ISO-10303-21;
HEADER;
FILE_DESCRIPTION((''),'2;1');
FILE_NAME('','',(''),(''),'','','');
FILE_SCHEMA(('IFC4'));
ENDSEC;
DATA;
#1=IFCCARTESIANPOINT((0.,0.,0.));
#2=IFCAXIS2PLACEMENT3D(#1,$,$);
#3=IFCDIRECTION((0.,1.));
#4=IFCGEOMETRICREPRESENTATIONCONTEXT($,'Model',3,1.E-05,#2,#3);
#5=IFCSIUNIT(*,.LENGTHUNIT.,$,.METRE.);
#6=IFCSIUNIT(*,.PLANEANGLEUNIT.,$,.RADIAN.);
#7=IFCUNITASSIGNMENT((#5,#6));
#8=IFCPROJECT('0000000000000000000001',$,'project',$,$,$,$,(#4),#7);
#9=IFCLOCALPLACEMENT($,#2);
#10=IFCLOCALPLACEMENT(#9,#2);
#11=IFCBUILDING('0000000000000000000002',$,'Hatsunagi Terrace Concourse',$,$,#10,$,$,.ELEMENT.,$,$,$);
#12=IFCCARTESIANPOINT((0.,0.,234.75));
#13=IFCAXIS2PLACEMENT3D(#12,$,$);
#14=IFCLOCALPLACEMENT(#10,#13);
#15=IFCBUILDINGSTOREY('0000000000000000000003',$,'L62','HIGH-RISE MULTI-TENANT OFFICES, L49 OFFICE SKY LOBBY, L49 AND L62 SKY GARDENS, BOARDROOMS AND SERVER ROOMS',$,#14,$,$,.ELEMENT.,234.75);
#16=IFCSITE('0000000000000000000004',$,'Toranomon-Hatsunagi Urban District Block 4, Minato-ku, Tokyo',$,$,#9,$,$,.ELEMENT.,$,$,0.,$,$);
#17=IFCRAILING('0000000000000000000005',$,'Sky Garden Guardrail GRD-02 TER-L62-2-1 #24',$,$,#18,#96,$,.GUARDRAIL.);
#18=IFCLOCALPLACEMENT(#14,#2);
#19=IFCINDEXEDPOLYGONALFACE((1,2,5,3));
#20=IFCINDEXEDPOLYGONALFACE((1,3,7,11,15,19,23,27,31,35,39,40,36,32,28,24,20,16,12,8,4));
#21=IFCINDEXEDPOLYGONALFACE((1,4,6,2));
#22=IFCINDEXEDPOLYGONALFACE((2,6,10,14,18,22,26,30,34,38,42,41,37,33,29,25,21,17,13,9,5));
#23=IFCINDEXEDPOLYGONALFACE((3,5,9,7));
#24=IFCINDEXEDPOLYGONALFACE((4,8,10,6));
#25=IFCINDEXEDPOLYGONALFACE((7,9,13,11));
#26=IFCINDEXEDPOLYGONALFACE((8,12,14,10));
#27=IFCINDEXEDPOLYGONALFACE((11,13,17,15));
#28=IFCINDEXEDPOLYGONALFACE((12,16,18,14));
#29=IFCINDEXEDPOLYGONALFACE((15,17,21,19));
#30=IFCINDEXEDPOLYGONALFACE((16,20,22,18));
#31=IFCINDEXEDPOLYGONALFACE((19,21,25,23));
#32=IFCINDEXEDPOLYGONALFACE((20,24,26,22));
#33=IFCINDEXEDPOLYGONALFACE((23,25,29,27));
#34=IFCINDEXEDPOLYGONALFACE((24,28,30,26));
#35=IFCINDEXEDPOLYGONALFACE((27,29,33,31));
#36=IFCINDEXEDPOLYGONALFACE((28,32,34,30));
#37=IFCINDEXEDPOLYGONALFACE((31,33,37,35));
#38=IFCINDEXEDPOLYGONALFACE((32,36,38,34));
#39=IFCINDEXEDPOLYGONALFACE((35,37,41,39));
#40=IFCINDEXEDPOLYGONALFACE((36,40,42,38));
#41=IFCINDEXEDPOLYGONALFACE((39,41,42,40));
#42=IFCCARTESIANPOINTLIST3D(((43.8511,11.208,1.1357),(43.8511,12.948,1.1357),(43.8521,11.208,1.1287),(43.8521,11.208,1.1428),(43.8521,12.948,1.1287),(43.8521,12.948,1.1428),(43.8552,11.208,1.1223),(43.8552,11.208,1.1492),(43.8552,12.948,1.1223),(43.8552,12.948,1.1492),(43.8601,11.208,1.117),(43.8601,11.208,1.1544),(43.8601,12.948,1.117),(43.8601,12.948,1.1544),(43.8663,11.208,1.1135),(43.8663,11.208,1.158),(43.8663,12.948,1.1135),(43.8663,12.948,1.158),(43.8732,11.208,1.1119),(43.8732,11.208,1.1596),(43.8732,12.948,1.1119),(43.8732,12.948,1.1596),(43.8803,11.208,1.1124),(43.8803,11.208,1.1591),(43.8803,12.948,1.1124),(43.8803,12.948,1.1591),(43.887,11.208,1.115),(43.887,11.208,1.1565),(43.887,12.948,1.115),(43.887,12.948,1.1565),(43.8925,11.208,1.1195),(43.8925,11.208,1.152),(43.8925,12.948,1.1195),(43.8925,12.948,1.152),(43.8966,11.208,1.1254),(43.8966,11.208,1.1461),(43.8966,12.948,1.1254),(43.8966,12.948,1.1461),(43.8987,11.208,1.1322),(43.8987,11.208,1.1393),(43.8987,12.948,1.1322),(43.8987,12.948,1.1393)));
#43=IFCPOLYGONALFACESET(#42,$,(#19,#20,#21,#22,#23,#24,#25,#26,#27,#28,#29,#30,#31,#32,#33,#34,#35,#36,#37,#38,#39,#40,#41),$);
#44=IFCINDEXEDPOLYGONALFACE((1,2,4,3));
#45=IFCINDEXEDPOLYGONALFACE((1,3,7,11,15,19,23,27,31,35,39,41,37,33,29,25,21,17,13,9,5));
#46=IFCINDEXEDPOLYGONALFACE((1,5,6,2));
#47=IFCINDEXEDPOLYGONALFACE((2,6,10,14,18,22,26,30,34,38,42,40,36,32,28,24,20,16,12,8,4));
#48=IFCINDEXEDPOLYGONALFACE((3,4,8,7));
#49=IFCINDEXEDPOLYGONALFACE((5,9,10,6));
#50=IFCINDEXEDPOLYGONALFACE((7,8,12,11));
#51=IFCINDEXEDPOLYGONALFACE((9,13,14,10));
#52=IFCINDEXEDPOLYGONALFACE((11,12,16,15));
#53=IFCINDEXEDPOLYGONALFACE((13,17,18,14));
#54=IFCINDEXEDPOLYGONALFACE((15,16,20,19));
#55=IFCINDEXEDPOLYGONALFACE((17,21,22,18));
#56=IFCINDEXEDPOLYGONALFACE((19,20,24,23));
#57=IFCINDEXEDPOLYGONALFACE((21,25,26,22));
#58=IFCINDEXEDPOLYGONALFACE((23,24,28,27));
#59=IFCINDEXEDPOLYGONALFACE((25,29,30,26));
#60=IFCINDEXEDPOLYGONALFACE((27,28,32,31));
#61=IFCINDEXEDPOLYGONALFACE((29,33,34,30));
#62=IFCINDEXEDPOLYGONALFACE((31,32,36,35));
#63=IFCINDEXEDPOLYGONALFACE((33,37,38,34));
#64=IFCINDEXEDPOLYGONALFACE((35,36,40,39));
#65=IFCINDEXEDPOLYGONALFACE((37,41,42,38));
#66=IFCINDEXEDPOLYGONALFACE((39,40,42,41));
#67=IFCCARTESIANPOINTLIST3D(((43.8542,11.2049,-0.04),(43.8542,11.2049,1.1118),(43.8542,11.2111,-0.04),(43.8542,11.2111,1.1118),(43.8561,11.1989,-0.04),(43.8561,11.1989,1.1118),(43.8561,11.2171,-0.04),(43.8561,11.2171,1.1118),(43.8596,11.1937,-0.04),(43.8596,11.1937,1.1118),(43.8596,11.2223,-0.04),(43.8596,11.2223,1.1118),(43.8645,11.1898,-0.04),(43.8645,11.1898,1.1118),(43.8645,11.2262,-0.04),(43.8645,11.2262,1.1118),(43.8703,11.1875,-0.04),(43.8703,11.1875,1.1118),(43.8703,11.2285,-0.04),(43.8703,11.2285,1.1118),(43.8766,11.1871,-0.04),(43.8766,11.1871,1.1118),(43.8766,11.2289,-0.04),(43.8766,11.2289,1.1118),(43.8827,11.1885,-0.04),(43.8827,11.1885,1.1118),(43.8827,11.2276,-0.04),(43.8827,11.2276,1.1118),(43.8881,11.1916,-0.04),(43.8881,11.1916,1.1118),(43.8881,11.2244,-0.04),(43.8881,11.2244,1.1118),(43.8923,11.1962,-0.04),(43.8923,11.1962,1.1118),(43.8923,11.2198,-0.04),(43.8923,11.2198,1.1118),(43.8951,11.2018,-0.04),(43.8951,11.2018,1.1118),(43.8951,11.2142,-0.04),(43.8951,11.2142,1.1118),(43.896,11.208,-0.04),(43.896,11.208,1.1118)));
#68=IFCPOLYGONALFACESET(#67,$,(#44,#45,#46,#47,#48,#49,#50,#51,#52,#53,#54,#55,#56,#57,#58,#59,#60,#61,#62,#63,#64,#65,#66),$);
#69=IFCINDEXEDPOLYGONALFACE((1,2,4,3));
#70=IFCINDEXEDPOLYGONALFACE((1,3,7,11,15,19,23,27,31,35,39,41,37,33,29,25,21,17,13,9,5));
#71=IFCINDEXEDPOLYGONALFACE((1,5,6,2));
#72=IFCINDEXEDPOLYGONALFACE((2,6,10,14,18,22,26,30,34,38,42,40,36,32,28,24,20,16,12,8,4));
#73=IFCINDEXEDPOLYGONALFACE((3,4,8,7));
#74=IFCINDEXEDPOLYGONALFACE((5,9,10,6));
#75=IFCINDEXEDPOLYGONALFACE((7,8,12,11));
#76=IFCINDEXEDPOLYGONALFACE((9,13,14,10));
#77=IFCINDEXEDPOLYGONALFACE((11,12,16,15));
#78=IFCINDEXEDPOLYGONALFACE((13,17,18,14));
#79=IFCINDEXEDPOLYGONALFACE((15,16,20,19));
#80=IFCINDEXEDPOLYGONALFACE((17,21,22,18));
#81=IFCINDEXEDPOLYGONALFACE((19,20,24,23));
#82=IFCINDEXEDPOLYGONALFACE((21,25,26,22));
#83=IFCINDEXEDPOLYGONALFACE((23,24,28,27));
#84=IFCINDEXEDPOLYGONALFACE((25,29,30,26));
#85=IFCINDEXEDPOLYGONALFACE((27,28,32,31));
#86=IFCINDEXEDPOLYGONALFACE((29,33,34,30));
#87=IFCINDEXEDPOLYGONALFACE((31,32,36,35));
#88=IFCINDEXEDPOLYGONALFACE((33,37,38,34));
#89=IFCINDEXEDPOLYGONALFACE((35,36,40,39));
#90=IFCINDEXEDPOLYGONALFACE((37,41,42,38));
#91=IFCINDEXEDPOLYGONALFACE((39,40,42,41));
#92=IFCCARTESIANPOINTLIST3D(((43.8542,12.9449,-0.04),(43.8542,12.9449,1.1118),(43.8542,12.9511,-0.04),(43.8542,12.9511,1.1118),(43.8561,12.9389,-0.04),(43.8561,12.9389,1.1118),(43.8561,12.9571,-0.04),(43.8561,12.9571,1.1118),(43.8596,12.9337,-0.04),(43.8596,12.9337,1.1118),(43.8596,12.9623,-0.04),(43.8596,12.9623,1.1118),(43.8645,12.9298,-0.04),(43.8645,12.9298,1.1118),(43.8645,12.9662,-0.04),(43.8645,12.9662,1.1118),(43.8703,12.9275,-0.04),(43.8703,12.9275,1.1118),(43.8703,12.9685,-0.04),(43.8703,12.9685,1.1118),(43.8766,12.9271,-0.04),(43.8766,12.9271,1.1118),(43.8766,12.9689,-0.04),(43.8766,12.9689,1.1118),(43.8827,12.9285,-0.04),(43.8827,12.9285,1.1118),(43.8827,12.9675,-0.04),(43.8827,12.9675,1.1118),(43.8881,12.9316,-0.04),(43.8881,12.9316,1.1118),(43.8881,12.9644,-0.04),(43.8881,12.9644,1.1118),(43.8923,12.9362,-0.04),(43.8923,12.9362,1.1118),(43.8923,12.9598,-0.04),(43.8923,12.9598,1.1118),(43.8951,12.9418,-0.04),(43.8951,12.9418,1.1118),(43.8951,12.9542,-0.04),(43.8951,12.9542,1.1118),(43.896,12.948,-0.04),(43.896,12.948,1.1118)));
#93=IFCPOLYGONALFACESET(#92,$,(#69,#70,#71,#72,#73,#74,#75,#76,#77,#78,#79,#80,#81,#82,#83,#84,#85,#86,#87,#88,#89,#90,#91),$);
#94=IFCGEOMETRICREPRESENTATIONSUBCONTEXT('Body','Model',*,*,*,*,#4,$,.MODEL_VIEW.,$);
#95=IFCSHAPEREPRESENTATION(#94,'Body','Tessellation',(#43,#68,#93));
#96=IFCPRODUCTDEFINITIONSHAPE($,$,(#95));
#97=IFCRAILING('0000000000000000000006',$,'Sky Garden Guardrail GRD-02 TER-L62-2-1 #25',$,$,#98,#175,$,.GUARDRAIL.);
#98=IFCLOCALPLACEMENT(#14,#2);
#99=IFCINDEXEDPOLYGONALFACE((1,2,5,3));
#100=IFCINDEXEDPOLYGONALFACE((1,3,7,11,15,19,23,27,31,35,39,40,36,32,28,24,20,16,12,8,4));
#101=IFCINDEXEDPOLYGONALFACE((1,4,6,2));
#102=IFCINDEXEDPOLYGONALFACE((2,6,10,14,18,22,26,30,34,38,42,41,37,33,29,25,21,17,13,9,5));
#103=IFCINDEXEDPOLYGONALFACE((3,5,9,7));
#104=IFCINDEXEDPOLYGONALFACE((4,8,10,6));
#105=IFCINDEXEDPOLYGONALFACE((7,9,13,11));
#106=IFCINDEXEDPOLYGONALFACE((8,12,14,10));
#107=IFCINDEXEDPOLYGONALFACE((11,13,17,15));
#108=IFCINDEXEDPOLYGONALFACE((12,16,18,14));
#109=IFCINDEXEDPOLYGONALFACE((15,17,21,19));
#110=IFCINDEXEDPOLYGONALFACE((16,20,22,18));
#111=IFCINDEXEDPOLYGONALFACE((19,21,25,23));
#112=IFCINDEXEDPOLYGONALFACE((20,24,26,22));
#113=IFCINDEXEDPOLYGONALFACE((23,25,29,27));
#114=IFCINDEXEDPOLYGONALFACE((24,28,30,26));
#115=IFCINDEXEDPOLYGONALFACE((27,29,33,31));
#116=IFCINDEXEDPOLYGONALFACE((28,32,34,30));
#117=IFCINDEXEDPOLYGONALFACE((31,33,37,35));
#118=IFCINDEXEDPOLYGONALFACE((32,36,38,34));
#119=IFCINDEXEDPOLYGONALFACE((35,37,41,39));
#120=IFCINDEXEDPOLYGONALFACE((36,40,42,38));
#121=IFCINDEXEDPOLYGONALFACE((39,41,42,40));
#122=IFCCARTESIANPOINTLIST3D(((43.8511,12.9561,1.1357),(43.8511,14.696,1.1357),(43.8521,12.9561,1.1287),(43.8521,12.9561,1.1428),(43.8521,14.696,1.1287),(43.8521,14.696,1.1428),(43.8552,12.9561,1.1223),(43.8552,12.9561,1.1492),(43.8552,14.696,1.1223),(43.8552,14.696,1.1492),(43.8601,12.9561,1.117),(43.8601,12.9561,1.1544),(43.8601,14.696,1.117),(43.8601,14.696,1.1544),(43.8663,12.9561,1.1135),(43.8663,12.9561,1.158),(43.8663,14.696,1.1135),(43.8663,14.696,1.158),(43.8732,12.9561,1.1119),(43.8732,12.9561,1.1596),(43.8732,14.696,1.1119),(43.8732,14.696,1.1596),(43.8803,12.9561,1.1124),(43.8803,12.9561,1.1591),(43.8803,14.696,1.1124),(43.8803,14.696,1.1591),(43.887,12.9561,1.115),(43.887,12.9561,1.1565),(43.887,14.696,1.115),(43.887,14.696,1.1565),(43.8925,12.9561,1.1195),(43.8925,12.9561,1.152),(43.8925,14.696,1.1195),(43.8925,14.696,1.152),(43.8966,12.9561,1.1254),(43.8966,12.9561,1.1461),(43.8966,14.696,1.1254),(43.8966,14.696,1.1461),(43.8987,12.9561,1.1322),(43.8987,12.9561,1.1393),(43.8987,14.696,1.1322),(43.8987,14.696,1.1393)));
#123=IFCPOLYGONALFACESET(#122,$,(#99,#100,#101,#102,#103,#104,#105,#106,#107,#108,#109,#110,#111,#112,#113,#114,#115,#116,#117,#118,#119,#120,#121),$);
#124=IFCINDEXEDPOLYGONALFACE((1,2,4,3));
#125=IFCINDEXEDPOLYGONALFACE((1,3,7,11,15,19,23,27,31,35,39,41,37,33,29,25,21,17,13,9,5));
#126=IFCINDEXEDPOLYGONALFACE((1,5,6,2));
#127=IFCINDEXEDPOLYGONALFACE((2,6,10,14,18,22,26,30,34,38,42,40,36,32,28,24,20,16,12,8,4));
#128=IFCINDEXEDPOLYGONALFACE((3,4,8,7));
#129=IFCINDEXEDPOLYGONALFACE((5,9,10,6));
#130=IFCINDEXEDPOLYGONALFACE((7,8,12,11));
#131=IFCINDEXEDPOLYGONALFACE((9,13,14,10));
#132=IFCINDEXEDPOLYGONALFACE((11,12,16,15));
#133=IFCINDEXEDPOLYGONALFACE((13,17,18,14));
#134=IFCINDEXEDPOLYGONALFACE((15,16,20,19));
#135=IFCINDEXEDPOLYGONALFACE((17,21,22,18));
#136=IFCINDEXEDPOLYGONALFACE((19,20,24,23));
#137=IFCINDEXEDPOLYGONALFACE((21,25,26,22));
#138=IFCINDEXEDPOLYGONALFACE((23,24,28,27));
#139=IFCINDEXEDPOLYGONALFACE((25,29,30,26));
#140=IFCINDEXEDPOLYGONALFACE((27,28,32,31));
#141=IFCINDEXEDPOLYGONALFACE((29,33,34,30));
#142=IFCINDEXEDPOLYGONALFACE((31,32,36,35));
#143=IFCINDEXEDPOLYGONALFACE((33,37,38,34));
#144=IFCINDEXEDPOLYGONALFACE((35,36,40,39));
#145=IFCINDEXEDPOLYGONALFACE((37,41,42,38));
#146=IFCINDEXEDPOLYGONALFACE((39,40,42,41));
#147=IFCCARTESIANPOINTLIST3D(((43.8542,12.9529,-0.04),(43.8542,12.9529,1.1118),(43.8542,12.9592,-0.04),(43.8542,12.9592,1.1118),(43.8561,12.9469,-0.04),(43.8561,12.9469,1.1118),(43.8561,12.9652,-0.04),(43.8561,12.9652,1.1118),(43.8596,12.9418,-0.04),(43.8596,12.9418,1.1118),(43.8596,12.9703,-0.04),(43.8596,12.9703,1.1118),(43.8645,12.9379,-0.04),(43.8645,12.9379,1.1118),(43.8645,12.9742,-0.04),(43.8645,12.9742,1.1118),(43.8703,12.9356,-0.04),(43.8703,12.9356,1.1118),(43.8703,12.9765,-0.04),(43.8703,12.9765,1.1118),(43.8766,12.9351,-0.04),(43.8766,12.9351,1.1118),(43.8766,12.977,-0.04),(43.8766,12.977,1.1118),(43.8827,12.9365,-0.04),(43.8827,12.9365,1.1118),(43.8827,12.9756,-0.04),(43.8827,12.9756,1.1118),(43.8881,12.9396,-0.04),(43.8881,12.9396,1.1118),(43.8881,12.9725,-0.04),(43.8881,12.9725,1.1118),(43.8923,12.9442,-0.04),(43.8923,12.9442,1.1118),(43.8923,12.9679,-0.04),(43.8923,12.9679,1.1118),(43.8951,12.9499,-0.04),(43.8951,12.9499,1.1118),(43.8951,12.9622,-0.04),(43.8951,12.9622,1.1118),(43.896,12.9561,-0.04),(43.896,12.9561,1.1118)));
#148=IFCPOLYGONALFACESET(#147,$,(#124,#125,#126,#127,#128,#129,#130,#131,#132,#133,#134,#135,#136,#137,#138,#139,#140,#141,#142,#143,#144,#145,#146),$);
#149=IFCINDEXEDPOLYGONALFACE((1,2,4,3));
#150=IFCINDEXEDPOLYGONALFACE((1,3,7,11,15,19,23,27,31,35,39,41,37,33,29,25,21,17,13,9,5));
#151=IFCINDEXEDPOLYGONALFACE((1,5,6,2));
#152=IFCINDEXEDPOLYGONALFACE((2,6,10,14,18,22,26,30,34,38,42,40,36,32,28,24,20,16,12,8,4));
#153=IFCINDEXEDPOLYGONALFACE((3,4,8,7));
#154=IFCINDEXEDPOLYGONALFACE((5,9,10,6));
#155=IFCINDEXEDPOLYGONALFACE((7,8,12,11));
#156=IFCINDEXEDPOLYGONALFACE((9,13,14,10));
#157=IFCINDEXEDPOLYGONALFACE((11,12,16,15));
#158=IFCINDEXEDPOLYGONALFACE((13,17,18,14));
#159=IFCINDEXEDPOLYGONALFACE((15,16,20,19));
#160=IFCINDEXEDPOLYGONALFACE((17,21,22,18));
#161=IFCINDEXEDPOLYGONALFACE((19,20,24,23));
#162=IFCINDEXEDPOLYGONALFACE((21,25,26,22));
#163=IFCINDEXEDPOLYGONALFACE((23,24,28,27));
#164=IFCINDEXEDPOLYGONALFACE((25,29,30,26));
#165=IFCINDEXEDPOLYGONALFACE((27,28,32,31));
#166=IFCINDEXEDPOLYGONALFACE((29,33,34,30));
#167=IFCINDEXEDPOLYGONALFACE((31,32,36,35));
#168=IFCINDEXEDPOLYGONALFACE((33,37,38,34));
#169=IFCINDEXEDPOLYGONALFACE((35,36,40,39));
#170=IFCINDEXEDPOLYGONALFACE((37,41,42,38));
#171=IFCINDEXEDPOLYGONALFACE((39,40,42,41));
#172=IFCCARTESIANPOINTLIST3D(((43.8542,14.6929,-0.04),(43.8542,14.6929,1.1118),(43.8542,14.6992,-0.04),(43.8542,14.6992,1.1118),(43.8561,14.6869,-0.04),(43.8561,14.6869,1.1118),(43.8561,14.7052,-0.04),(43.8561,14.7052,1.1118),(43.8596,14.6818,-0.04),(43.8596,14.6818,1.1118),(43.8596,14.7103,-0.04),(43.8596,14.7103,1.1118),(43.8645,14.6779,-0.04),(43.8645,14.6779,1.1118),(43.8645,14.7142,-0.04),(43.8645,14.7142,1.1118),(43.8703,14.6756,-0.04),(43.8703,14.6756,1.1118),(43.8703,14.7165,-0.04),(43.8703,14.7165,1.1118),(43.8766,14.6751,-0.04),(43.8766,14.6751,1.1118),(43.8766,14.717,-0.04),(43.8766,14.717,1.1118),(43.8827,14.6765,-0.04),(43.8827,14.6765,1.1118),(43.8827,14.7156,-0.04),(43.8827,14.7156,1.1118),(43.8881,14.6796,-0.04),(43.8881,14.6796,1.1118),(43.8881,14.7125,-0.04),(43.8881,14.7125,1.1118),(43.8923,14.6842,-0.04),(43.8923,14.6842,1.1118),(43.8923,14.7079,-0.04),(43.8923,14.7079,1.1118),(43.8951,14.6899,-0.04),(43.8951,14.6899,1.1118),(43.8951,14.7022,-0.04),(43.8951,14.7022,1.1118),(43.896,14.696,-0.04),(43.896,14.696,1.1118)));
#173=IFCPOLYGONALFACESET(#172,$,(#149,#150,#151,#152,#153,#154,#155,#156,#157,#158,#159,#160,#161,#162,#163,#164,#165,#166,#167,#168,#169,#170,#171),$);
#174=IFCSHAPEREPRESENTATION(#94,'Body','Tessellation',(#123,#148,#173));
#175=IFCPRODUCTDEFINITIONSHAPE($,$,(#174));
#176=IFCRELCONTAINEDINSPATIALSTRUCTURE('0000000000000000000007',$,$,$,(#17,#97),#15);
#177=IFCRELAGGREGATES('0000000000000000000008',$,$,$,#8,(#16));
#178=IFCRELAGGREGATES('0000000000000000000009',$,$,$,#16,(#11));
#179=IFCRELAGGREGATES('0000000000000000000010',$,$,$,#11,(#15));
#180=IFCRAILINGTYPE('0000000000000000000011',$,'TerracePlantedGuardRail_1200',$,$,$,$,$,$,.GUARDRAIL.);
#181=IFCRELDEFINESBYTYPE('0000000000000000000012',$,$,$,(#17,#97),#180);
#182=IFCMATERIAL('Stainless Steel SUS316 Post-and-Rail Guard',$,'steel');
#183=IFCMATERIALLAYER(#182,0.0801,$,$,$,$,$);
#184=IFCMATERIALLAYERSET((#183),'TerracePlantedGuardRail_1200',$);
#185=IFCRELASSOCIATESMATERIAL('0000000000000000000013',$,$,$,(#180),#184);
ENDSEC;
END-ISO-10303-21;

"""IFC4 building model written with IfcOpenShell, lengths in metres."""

from ifc_helpers import new_model, si_unit, direction, frame, origin, origin_2d, place, context, subcontext, project, spatial, circle, extrude, material, layer, layer_set, type_object, element, save


model = new_model("IFC4")

# Units and contexts
model_context = context("Model", 3, precision=1e-05, world=origin(), true_north=direction((0.0, 1.0)))
body_context = subcontext(model_context, "Body", "Model", "MODEL_VIEW")
ifc_project = project(units=[si_unit("LENGTHUNIT", "METRE"), si_unit("PLANEANGLEUNIT", "RADIAN")], contexts=[model_context])

# Site, building, storey
site_placement = place(None, origin())
site = spatial("IfcSite", under=ifc_project, at=site_placement, Name="Toranomon-Hatsunagi Urban District Block 4, Minato-ku, Tokyo", CompositionType="ELEMENT", RefElevation=0.0)
building_placement = place(site_placement, origin())
building = spatial("IfcBuilding", under=site, at=building_placement, Name="Hatsunagi Terrace Concourse", CompositionType="ELEMENT")
storey_placement = place(building_placement, frame((0.0, 0.0, 234.75)))
storey = spatial("IfcBuildingStorey", under=building, at=storey_placement, Name="L62", Description="HIGH-RISE MULTI-TENANT OFFICES, L49 OFFICE SKY LOBBY, L49 AND L62 SKY GARDENS, BOARDROOMS AND SERVER ROOMS", CompositionType="ELEMENT", Elevation=234.75)

# Railings
ifc_material_1 = material(Name="Stainless Steel SUS316 Post-and-Rail Guard", Category="steel")
ifc_layer_1 = layer(ifc_material_1, 0.0801)
ifc_layer_set_1 = layer_set([ifc_layer_1], Name="TerracePlantedGuardRail_1200")
railing_type = type_object("IfcRailingType", Name="TerracePlantedGuardRail_1200", PredefinedType="GUARDRAIL", material=ifc_layer_set_1)
for number, where, name in (
    (1, (43.875, 11.208, -0.04), "Sky Garden Guardrail GRD-02 TER-L62-2-1 #24"),
    (2, (43.875, 12.9561, -0.04), "Sky Garden Guardrail GRD-02 TER-L62-2-1 #25"),
):
    element("IfcRailing", number, at=place(storey_placement, frame(where)), inside=storey, type_object=railing_type, Name=name, PredefinedType="GUARDRAIL", context=body_context, shape_type="SweptSolid", body=[
        extrude(circle(Radius=0.0239, at=origin_2d()), frame((0.0, 0.0, 1.1758), z_axis=(0.0, 1.0, 0.0), x_axis=(-1.0, 0.0, 0.0)), (0.0, 0.0, 1.0), 1.74),
        extrude(circle(Radius=0.021, at=origin_2d()), origin(), (0.0, 0.0, 1.0), 1.1519),
        extrude(circle(Radius=0.021, at=origin_2d()), frame((0.0, 1.74, 0.0)), (0.0, 0.0, 1.0), 1.1519),
    ])

save(model, "model.ifc")
